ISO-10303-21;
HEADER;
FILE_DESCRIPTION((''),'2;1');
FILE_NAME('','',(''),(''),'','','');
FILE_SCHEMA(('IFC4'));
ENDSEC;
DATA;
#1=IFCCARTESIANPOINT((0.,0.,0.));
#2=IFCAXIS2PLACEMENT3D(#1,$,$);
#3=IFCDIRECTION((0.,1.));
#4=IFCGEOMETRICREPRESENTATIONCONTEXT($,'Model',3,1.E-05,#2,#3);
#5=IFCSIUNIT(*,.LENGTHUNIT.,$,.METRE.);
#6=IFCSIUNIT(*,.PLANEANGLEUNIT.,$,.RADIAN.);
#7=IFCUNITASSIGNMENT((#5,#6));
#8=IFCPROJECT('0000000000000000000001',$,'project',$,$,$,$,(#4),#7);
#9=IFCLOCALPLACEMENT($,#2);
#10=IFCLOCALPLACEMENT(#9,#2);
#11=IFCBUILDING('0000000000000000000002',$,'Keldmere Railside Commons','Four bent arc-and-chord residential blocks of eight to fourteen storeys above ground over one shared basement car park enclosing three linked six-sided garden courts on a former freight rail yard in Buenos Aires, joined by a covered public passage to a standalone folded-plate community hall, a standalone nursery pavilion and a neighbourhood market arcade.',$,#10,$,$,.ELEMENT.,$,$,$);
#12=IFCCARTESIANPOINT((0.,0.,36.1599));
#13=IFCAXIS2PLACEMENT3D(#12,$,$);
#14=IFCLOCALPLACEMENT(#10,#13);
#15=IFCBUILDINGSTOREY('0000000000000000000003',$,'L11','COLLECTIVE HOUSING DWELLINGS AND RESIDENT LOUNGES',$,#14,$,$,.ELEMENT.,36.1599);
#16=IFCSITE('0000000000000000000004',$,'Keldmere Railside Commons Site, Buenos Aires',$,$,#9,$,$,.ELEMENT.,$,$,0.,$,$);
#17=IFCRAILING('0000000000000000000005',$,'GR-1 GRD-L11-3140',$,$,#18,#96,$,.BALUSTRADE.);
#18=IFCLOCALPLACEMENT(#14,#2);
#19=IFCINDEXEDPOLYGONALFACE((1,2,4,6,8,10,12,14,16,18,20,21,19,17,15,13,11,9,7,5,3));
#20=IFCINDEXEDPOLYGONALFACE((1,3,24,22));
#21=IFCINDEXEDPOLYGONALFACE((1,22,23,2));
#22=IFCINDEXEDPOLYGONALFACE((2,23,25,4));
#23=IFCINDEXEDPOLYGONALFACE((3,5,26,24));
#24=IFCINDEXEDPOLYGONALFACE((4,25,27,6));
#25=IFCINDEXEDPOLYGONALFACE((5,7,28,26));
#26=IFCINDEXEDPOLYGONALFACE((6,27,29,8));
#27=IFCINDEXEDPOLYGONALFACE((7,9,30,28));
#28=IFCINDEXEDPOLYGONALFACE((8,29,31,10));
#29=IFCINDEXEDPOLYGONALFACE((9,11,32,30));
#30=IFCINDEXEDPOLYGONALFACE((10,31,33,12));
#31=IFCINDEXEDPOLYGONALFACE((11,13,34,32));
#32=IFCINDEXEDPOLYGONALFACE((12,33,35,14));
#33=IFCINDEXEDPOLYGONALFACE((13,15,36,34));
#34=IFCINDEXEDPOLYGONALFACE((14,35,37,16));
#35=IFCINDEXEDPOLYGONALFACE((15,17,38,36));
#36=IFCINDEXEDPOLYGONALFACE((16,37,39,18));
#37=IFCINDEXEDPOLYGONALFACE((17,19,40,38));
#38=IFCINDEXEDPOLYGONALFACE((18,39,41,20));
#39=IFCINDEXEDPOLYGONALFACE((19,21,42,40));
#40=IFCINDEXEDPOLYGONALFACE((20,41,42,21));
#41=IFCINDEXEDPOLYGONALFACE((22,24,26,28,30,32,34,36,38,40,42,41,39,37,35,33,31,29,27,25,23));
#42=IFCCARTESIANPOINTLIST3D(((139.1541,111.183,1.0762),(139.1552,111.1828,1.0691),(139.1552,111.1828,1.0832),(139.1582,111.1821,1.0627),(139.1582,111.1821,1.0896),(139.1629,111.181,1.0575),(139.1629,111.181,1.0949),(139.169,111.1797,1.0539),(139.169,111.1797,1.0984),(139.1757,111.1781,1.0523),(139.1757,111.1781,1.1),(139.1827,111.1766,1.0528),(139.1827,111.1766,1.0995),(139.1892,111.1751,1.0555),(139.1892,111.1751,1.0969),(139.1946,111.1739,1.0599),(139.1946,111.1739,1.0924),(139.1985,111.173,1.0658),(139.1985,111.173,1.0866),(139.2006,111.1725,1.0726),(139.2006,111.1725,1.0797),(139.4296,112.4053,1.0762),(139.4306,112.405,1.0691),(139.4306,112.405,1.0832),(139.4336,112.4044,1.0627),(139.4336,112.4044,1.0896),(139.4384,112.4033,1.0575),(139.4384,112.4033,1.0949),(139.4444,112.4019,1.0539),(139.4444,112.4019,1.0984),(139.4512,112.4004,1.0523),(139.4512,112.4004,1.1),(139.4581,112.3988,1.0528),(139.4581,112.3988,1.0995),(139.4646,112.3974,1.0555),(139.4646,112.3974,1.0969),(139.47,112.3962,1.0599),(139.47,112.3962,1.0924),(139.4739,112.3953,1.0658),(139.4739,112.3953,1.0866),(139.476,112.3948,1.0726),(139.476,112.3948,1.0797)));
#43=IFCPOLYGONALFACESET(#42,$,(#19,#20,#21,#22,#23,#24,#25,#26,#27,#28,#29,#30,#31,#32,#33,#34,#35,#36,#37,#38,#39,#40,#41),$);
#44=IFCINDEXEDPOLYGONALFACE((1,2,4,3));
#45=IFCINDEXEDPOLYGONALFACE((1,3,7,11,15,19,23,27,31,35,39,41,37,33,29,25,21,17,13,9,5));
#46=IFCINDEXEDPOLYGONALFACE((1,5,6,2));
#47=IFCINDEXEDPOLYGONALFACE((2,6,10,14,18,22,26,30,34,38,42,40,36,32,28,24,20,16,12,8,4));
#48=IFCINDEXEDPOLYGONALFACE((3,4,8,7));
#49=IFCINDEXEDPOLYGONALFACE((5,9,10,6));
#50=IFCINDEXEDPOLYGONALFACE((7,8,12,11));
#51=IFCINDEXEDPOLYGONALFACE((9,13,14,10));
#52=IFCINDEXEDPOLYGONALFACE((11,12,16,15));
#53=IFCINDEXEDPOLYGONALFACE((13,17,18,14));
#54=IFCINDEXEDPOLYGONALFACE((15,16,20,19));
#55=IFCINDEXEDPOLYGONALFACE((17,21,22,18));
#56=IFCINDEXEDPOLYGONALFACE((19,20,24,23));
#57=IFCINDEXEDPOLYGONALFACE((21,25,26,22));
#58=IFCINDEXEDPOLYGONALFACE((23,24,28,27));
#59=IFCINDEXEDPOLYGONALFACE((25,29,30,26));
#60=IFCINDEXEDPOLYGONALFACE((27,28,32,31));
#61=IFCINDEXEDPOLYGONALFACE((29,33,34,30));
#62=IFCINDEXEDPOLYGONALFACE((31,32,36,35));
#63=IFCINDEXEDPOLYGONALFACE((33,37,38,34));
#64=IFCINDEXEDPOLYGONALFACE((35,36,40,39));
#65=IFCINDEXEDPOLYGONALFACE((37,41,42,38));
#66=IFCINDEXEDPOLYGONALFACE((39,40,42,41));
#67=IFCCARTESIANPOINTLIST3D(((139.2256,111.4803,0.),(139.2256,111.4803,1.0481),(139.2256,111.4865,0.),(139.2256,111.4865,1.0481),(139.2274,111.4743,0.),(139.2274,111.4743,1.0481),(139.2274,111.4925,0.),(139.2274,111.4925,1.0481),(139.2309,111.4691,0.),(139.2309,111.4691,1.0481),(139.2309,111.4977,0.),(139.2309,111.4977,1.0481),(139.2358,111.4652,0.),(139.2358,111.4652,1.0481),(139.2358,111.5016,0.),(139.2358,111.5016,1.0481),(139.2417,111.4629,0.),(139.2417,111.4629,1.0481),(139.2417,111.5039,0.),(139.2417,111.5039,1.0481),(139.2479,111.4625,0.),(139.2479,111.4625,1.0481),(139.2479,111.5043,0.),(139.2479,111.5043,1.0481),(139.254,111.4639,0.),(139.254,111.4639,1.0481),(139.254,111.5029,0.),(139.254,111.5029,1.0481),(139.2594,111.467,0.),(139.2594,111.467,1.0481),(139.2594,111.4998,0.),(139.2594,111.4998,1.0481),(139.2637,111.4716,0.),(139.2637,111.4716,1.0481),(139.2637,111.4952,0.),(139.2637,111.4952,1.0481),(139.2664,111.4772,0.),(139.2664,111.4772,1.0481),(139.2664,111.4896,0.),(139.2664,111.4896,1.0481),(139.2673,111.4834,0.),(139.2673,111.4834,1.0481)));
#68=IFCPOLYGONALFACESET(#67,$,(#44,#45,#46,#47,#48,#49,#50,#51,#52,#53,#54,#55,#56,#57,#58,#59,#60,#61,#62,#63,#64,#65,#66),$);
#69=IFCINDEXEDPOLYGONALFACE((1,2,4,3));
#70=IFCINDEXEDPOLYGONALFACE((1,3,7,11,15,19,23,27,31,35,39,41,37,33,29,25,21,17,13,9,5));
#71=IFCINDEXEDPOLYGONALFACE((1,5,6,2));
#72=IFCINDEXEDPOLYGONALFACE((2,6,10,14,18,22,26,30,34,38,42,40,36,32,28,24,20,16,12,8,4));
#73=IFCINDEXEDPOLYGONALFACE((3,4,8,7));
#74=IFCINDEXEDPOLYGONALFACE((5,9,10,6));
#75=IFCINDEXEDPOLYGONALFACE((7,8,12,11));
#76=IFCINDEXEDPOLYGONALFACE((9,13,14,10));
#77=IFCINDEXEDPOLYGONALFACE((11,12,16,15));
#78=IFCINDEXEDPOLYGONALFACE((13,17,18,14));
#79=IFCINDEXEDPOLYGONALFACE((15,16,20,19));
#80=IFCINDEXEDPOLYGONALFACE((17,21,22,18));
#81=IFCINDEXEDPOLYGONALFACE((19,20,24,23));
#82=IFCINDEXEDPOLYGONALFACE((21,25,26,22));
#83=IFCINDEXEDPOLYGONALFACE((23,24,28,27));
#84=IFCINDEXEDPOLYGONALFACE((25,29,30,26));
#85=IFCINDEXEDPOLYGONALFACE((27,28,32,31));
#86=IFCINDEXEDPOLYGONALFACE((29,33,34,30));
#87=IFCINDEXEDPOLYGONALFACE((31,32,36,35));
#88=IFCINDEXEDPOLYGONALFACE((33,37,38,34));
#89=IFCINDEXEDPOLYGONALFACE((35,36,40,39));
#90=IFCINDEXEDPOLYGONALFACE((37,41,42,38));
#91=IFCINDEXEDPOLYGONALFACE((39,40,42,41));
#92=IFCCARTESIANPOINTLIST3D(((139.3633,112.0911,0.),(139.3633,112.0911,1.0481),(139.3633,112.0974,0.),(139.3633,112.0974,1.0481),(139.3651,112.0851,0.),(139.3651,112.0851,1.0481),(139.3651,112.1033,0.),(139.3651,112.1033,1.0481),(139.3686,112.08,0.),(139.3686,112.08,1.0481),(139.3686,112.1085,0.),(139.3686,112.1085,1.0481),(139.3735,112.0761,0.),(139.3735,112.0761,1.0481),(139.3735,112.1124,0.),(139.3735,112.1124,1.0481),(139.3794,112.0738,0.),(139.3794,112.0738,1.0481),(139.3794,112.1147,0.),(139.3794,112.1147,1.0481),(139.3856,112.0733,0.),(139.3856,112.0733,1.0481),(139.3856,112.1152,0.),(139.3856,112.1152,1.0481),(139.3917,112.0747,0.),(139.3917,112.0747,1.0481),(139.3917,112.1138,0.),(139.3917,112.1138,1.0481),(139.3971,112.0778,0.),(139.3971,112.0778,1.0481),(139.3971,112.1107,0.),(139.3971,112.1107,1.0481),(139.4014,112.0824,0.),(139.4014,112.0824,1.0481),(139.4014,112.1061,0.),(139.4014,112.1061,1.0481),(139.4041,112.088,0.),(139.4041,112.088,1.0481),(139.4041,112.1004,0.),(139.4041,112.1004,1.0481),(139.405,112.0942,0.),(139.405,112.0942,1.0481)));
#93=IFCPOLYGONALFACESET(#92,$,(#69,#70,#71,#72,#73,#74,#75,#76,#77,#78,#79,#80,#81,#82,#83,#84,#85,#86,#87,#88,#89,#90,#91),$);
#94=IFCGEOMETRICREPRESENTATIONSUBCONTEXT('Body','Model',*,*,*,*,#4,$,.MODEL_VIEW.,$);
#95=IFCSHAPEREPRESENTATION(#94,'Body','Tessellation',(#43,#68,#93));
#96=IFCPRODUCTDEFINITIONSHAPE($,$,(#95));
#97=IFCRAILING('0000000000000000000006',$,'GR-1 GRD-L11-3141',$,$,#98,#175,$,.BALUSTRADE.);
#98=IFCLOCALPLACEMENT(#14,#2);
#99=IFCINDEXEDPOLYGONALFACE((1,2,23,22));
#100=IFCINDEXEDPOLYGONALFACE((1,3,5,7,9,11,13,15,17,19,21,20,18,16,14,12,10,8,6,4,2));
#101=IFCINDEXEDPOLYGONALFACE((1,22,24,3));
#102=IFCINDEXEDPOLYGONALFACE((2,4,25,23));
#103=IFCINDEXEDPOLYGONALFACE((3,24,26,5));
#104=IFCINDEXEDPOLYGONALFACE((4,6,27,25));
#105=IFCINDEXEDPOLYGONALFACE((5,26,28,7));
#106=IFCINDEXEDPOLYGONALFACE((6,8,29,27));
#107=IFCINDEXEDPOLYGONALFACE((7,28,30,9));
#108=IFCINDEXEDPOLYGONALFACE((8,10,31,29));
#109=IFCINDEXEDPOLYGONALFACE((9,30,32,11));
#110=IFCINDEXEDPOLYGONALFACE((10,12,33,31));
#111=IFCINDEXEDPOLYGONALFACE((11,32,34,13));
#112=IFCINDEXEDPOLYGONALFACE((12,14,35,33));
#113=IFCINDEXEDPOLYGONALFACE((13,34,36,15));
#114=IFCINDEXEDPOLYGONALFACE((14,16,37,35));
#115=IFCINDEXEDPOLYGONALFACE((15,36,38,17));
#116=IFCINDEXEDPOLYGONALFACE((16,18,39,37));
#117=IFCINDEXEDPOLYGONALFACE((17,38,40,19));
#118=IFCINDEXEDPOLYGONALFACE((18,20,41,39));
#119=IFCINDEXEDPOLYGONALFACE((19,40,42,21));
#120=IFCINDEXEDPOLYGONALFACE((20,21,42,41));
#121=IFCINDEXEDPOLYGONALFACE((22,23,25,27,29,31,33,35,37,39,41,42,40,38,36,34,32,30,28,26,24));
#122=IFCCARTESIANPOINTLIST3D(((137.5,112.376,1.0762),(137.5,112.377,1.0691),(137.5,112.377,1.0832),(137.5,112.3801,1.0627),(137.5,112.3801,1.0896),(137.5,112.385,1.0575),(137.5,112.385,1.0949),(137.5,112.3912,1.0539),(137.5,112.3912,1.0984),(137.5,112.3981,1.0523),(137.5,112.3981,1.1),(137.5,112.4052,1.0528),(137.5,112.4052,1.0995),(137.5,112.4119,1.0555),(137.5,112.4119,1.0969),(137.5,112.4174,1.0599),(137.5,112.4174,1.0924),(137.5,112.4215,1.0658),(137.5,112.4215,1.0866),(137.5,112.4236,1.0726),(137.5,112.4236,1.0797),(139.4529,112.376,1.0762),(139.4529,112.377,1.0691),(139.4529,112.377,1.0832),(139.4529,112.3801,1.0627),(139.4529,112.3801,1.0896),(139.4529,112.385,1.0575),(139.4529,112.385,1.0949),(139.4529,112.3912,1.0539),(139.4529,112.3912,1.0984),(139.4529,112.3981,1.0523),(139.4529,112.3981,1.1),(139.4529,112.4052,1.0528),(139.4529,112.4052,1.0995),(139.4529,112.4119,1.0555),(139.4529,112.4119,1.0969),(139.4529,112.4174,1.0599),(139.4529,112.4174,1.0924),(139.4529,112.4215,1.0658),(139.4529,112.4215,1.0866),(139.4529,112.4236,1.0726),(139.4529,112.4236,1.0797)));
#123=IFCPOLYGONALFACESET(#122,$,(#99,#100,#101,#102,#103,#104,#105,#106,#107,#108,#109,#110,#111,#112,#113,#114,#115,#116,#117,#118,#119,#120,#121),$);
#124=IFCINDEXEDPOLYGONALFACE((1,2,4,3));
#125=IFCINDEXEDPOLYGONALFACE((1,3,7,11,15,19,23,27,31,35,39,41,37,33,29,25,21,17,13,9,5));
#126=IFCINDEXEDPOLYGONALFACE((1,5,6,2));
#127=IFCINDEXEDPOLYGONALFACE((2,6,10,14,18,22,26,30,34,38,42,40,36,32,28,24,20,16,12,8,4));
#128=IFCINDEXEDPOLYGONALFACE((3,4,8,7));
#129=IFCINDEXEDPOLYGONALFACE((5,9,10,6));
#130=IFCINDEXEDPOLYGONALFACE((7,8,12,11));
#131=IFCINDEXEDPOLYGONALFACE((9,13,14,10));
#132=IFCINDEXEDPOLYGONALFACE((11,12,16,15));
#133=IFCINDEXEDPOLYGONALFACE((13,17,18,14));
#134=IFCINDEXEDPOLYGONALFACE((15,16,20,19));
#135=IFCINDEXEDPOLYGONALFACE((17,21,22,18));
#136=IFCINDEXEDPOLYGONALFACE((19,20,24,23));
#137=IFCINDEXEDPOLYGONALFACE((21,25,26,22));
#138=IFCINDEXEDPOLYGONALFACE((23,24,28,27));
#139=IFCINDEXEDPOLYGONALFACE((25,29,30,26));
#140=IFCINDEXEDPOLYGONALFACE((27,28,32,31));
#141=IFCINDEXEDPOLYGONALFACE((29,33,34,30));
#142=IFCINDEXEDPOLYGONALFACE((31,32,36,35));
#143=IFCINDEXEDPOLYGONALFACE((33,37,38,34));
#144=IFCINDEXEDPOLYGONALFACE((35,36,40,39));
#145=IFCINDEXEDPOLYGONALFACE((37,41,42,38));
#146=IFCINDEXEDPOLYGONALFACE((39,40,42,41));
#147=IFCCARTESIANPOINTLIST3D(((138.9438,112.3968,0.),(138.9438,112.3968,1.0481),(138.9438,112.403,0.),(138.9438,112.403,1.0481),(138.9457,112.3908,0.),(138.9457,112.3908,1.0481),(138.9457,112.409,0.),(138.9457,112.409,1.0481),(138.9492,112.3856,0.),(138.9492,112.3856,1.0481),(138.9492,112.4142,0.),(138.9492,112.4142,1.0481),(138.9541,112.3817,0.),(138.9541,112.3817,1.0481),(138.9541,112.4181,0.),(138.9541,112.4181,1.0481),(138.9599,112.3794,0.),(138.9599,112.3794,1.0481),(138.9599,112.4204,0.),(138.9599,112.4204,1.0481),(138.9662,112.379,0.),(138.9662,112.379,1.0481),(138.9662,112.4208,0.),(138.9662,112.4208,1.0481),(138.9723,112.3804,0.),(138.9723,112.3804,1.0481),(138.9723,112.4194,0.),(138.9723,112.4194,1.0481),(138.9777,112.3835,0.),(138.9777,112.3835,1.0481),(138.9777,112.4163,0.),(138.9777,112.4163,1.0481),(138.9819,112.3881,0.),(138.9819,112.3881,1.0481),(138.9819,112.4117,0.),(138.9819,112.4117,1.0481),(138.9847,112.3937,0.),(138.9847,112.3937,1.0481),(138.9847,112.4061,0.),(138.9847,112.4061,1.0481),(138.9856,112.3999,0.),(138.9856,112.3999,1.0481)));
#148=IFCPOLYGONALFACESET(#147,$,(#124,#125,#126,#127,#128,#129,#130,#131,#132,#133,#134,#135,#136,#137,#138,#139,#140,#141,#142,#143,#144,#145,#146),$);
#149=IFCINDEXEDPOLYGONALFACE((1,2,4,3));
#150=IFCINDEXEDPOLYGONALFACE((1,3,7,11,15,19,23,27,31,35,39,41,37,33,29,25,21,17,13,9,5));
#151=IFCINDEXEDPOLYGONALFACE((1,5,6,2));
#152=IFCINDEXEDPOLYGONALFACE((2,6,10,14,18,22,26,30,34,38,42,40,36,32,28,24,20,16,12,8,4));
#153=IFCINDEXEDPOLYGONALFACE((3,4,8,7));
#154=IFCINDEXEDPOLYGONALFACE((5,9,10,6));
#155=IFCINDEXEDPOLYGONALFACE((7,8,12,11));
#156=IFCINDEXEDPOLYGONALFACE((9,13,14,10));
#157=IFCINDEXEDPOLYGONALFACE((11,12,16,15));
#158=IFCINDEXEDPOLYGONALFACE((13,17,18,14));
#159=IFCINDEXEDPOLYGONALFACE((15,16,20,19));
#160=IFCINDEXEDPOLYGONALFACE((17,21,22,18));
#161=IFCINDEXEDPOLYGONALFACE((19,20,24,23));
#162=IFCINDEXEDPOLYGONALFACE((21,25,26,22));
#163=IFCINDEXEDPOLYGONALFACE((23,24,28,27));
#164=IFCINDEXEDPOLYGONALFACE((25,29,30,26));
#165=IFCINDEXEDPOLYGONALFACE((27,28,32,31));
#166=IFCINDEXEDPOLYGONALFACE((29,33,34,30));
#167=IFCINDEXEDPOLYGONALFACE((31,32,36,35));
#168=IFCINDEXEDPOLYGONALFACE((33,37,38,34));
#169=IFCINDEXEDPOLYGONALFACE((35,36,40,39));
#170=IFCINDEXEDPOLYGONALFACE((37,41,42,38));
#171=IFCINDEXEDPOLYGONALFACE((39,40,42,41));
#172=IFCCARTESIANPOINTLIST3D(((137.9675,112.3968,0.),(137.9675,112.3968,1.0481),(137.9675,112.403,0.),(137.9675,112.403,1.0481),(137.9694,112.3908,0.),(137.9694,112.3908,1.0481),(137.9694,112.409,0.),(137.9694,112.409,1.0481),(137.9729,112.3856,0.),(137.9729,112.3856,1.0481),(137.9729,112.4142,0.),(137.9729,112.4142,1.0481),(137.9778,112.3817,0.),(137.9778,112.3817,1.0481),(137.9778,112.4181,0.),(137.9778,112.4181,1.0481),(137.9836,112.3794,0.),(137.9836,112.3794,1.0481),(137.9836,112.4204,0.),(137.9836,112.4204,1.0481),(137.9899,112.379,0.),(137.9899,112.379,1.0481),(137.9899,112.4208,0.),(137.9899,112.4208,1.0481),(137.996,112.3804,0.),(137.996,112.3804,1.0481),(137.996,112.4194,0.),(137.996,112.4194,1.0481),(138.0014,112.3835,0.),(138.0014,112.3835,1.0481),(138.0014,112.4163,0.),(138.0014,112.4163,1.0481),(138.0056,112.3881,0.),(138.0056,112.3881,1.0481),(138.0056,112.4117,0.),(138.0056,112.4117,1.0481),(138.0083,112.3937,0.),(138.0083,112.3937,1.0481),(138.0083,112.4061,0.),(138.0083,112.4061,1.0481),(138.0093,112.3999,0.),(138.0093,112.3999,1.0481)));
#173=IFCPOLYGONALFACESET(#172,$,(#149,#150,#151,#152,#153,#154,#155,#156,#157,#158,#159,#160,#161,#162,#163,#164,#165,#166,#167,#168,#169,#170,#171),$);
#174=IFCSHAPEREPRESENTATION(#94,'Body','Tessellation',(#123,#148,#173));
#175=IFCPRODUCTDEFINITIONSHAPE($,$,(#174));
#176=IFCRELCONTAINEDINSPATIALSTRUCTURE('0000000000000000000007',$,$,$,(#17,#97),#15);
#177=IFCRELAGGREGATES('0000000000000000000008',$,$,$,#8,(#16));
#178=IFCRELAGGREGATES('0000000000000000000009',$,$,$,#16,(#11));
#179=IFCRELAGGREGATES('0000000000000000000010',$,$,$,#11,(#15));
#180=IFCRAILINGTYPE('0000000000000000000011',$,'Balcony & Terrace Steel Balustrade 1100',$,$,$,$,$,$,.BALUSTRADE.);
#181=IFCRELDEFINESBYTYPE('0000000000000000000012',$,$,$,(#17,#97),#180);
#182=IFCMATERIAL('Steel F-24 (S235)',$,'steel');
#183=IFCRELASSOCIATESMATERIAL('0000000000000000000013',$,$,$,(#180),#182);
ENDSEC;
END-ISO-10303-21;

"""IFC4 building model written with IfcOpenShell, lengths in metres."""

from ifc_helpers import new_model, si_unit, direction, frame, origin, origin_2d, place, context, subcontext, project, spatial, circle, extrude, material, type_object, element, save


model = new_model("IFC4")

# Units and contexts
model_context = context("Model", 3, precision=1e-05, world=origin(), true_north=direction((0.0, 1.0)))
body_context = subcontext(model_context, "Body", "Model", "MODEL_VIEW")
ifc_project = project(units=[si_unit("LENGTHUNIT", "METRE"), si_unit("PLANEANGLEUNIT", "RADIAN")], contexts=[model_context])

# Site, building, storey
site_placement = place(None, origin())
site = spatial("IfcSite", under=ifc_project, at=site_placement, Name="Keldmere Railside Commons Site, Buenos Aires", CompositionType="ELEMENT", RefElevation=0.0)
building_placement = place(site_placement, origin())
building = spatial("IfcBuilding", under=site, at=building_placement, Name="Keldmere Railside Commons", Description="Four bent arc-and-chord residential blocks of eight to fourteen storeys above ground over one shared basement car park enclosing three linked six-sided garden courts on a former freight rail yard in Buenos Aires, joined by a covered public passage to a standalone folded-plate community hall, a standalone nursery pavilion and a neighbourhood market arcade.", CompositionType="ELEMENT")
storey_placement = place(building_placement, frame((0.0, 0.0, 36.1599)))
storey = spatial("IfcBuildingStorey", under=building, at=storey_placement, Name="L11", Description="COLLECTIVE HOUSING DWELLINGS AND RESIDENT LOUNGES", CompositionType="ELEMENT", Elevation=36.1599)

# Railings
ifc_material_1 = material(Name="Steel F-24 (S235)", Category="steel")
railing_type = type_object("IfcRailingType", Name="Balcony & Terrace Steel Balustrade 1100", PredefinedType="BALUSTRADE", material=ifc_material_1)
railing_1_placement = place(storey_placement, frame((139.1775, 111.1777, 0.0)))
element("IfcRailing", 1, at=railing_1_placement, inside=storey, type_object=railing_type, Name="GR-1 GRD-L11-3140", PredefinedType="BALUSTRADE", context=body_context, shape_type="SweptSolid", body=[
    extrude(circle(Radius=0.0239, at=origin_2d()), frame((0.0, 0.0, 1.0762), z_axis=(0.219818, 0.975541, 0.0), x_axis=(-0.975541, 0.219818, 0.0)), (0.0, 0.0, 1.0), 1.2529),
    extrude(circle(Radius=0.021, at=origin_2d()), frame((0.0688, 0.3057, 0.0)), (0.0, 0.0, 1.0), 1.0481),
    extrude(circle(Radius=0.021, at=origin_2d()), frame((0.2065, 0.9165, 0.0)), (0.0, 0.0, 1.0), 1.0481),
])
railing_2_placement = place(storey_placement, frame((139.4529, 112.3999, 0.0)))
element("IfcRailing", 2, at=railing_2_placement, inside=storey, type_object=railing_type, Name="GR-1 GRD-L11-3141", PredefinedType="BALUSTRADE", context=body_context, shape_type="SweptSolid", body=[
    extrude(circle(Radius=0.0239, at=origin_2d()), frame((0.0, 0.0, 1.0762), z_axis=(-1.0, 0.0, 0.0), x_axis=(0.0, -1.0, 0.0)), (0.0, 0.0, 1.0), 1.9529),
    extrude(circle(Radius=0.021, at=origin_2d()), frame((-0.4883, 0.0, 0.0)), (0.0, 0.0, 1.0), 1.0481),
    extrude(circle(Radius=0.021, at=origin_2d()), frame((-1.4646, 0.0, 0.0)), (0.0, 0.0, 1.0), 1.0481),
])

save(model, "model.ifc")
